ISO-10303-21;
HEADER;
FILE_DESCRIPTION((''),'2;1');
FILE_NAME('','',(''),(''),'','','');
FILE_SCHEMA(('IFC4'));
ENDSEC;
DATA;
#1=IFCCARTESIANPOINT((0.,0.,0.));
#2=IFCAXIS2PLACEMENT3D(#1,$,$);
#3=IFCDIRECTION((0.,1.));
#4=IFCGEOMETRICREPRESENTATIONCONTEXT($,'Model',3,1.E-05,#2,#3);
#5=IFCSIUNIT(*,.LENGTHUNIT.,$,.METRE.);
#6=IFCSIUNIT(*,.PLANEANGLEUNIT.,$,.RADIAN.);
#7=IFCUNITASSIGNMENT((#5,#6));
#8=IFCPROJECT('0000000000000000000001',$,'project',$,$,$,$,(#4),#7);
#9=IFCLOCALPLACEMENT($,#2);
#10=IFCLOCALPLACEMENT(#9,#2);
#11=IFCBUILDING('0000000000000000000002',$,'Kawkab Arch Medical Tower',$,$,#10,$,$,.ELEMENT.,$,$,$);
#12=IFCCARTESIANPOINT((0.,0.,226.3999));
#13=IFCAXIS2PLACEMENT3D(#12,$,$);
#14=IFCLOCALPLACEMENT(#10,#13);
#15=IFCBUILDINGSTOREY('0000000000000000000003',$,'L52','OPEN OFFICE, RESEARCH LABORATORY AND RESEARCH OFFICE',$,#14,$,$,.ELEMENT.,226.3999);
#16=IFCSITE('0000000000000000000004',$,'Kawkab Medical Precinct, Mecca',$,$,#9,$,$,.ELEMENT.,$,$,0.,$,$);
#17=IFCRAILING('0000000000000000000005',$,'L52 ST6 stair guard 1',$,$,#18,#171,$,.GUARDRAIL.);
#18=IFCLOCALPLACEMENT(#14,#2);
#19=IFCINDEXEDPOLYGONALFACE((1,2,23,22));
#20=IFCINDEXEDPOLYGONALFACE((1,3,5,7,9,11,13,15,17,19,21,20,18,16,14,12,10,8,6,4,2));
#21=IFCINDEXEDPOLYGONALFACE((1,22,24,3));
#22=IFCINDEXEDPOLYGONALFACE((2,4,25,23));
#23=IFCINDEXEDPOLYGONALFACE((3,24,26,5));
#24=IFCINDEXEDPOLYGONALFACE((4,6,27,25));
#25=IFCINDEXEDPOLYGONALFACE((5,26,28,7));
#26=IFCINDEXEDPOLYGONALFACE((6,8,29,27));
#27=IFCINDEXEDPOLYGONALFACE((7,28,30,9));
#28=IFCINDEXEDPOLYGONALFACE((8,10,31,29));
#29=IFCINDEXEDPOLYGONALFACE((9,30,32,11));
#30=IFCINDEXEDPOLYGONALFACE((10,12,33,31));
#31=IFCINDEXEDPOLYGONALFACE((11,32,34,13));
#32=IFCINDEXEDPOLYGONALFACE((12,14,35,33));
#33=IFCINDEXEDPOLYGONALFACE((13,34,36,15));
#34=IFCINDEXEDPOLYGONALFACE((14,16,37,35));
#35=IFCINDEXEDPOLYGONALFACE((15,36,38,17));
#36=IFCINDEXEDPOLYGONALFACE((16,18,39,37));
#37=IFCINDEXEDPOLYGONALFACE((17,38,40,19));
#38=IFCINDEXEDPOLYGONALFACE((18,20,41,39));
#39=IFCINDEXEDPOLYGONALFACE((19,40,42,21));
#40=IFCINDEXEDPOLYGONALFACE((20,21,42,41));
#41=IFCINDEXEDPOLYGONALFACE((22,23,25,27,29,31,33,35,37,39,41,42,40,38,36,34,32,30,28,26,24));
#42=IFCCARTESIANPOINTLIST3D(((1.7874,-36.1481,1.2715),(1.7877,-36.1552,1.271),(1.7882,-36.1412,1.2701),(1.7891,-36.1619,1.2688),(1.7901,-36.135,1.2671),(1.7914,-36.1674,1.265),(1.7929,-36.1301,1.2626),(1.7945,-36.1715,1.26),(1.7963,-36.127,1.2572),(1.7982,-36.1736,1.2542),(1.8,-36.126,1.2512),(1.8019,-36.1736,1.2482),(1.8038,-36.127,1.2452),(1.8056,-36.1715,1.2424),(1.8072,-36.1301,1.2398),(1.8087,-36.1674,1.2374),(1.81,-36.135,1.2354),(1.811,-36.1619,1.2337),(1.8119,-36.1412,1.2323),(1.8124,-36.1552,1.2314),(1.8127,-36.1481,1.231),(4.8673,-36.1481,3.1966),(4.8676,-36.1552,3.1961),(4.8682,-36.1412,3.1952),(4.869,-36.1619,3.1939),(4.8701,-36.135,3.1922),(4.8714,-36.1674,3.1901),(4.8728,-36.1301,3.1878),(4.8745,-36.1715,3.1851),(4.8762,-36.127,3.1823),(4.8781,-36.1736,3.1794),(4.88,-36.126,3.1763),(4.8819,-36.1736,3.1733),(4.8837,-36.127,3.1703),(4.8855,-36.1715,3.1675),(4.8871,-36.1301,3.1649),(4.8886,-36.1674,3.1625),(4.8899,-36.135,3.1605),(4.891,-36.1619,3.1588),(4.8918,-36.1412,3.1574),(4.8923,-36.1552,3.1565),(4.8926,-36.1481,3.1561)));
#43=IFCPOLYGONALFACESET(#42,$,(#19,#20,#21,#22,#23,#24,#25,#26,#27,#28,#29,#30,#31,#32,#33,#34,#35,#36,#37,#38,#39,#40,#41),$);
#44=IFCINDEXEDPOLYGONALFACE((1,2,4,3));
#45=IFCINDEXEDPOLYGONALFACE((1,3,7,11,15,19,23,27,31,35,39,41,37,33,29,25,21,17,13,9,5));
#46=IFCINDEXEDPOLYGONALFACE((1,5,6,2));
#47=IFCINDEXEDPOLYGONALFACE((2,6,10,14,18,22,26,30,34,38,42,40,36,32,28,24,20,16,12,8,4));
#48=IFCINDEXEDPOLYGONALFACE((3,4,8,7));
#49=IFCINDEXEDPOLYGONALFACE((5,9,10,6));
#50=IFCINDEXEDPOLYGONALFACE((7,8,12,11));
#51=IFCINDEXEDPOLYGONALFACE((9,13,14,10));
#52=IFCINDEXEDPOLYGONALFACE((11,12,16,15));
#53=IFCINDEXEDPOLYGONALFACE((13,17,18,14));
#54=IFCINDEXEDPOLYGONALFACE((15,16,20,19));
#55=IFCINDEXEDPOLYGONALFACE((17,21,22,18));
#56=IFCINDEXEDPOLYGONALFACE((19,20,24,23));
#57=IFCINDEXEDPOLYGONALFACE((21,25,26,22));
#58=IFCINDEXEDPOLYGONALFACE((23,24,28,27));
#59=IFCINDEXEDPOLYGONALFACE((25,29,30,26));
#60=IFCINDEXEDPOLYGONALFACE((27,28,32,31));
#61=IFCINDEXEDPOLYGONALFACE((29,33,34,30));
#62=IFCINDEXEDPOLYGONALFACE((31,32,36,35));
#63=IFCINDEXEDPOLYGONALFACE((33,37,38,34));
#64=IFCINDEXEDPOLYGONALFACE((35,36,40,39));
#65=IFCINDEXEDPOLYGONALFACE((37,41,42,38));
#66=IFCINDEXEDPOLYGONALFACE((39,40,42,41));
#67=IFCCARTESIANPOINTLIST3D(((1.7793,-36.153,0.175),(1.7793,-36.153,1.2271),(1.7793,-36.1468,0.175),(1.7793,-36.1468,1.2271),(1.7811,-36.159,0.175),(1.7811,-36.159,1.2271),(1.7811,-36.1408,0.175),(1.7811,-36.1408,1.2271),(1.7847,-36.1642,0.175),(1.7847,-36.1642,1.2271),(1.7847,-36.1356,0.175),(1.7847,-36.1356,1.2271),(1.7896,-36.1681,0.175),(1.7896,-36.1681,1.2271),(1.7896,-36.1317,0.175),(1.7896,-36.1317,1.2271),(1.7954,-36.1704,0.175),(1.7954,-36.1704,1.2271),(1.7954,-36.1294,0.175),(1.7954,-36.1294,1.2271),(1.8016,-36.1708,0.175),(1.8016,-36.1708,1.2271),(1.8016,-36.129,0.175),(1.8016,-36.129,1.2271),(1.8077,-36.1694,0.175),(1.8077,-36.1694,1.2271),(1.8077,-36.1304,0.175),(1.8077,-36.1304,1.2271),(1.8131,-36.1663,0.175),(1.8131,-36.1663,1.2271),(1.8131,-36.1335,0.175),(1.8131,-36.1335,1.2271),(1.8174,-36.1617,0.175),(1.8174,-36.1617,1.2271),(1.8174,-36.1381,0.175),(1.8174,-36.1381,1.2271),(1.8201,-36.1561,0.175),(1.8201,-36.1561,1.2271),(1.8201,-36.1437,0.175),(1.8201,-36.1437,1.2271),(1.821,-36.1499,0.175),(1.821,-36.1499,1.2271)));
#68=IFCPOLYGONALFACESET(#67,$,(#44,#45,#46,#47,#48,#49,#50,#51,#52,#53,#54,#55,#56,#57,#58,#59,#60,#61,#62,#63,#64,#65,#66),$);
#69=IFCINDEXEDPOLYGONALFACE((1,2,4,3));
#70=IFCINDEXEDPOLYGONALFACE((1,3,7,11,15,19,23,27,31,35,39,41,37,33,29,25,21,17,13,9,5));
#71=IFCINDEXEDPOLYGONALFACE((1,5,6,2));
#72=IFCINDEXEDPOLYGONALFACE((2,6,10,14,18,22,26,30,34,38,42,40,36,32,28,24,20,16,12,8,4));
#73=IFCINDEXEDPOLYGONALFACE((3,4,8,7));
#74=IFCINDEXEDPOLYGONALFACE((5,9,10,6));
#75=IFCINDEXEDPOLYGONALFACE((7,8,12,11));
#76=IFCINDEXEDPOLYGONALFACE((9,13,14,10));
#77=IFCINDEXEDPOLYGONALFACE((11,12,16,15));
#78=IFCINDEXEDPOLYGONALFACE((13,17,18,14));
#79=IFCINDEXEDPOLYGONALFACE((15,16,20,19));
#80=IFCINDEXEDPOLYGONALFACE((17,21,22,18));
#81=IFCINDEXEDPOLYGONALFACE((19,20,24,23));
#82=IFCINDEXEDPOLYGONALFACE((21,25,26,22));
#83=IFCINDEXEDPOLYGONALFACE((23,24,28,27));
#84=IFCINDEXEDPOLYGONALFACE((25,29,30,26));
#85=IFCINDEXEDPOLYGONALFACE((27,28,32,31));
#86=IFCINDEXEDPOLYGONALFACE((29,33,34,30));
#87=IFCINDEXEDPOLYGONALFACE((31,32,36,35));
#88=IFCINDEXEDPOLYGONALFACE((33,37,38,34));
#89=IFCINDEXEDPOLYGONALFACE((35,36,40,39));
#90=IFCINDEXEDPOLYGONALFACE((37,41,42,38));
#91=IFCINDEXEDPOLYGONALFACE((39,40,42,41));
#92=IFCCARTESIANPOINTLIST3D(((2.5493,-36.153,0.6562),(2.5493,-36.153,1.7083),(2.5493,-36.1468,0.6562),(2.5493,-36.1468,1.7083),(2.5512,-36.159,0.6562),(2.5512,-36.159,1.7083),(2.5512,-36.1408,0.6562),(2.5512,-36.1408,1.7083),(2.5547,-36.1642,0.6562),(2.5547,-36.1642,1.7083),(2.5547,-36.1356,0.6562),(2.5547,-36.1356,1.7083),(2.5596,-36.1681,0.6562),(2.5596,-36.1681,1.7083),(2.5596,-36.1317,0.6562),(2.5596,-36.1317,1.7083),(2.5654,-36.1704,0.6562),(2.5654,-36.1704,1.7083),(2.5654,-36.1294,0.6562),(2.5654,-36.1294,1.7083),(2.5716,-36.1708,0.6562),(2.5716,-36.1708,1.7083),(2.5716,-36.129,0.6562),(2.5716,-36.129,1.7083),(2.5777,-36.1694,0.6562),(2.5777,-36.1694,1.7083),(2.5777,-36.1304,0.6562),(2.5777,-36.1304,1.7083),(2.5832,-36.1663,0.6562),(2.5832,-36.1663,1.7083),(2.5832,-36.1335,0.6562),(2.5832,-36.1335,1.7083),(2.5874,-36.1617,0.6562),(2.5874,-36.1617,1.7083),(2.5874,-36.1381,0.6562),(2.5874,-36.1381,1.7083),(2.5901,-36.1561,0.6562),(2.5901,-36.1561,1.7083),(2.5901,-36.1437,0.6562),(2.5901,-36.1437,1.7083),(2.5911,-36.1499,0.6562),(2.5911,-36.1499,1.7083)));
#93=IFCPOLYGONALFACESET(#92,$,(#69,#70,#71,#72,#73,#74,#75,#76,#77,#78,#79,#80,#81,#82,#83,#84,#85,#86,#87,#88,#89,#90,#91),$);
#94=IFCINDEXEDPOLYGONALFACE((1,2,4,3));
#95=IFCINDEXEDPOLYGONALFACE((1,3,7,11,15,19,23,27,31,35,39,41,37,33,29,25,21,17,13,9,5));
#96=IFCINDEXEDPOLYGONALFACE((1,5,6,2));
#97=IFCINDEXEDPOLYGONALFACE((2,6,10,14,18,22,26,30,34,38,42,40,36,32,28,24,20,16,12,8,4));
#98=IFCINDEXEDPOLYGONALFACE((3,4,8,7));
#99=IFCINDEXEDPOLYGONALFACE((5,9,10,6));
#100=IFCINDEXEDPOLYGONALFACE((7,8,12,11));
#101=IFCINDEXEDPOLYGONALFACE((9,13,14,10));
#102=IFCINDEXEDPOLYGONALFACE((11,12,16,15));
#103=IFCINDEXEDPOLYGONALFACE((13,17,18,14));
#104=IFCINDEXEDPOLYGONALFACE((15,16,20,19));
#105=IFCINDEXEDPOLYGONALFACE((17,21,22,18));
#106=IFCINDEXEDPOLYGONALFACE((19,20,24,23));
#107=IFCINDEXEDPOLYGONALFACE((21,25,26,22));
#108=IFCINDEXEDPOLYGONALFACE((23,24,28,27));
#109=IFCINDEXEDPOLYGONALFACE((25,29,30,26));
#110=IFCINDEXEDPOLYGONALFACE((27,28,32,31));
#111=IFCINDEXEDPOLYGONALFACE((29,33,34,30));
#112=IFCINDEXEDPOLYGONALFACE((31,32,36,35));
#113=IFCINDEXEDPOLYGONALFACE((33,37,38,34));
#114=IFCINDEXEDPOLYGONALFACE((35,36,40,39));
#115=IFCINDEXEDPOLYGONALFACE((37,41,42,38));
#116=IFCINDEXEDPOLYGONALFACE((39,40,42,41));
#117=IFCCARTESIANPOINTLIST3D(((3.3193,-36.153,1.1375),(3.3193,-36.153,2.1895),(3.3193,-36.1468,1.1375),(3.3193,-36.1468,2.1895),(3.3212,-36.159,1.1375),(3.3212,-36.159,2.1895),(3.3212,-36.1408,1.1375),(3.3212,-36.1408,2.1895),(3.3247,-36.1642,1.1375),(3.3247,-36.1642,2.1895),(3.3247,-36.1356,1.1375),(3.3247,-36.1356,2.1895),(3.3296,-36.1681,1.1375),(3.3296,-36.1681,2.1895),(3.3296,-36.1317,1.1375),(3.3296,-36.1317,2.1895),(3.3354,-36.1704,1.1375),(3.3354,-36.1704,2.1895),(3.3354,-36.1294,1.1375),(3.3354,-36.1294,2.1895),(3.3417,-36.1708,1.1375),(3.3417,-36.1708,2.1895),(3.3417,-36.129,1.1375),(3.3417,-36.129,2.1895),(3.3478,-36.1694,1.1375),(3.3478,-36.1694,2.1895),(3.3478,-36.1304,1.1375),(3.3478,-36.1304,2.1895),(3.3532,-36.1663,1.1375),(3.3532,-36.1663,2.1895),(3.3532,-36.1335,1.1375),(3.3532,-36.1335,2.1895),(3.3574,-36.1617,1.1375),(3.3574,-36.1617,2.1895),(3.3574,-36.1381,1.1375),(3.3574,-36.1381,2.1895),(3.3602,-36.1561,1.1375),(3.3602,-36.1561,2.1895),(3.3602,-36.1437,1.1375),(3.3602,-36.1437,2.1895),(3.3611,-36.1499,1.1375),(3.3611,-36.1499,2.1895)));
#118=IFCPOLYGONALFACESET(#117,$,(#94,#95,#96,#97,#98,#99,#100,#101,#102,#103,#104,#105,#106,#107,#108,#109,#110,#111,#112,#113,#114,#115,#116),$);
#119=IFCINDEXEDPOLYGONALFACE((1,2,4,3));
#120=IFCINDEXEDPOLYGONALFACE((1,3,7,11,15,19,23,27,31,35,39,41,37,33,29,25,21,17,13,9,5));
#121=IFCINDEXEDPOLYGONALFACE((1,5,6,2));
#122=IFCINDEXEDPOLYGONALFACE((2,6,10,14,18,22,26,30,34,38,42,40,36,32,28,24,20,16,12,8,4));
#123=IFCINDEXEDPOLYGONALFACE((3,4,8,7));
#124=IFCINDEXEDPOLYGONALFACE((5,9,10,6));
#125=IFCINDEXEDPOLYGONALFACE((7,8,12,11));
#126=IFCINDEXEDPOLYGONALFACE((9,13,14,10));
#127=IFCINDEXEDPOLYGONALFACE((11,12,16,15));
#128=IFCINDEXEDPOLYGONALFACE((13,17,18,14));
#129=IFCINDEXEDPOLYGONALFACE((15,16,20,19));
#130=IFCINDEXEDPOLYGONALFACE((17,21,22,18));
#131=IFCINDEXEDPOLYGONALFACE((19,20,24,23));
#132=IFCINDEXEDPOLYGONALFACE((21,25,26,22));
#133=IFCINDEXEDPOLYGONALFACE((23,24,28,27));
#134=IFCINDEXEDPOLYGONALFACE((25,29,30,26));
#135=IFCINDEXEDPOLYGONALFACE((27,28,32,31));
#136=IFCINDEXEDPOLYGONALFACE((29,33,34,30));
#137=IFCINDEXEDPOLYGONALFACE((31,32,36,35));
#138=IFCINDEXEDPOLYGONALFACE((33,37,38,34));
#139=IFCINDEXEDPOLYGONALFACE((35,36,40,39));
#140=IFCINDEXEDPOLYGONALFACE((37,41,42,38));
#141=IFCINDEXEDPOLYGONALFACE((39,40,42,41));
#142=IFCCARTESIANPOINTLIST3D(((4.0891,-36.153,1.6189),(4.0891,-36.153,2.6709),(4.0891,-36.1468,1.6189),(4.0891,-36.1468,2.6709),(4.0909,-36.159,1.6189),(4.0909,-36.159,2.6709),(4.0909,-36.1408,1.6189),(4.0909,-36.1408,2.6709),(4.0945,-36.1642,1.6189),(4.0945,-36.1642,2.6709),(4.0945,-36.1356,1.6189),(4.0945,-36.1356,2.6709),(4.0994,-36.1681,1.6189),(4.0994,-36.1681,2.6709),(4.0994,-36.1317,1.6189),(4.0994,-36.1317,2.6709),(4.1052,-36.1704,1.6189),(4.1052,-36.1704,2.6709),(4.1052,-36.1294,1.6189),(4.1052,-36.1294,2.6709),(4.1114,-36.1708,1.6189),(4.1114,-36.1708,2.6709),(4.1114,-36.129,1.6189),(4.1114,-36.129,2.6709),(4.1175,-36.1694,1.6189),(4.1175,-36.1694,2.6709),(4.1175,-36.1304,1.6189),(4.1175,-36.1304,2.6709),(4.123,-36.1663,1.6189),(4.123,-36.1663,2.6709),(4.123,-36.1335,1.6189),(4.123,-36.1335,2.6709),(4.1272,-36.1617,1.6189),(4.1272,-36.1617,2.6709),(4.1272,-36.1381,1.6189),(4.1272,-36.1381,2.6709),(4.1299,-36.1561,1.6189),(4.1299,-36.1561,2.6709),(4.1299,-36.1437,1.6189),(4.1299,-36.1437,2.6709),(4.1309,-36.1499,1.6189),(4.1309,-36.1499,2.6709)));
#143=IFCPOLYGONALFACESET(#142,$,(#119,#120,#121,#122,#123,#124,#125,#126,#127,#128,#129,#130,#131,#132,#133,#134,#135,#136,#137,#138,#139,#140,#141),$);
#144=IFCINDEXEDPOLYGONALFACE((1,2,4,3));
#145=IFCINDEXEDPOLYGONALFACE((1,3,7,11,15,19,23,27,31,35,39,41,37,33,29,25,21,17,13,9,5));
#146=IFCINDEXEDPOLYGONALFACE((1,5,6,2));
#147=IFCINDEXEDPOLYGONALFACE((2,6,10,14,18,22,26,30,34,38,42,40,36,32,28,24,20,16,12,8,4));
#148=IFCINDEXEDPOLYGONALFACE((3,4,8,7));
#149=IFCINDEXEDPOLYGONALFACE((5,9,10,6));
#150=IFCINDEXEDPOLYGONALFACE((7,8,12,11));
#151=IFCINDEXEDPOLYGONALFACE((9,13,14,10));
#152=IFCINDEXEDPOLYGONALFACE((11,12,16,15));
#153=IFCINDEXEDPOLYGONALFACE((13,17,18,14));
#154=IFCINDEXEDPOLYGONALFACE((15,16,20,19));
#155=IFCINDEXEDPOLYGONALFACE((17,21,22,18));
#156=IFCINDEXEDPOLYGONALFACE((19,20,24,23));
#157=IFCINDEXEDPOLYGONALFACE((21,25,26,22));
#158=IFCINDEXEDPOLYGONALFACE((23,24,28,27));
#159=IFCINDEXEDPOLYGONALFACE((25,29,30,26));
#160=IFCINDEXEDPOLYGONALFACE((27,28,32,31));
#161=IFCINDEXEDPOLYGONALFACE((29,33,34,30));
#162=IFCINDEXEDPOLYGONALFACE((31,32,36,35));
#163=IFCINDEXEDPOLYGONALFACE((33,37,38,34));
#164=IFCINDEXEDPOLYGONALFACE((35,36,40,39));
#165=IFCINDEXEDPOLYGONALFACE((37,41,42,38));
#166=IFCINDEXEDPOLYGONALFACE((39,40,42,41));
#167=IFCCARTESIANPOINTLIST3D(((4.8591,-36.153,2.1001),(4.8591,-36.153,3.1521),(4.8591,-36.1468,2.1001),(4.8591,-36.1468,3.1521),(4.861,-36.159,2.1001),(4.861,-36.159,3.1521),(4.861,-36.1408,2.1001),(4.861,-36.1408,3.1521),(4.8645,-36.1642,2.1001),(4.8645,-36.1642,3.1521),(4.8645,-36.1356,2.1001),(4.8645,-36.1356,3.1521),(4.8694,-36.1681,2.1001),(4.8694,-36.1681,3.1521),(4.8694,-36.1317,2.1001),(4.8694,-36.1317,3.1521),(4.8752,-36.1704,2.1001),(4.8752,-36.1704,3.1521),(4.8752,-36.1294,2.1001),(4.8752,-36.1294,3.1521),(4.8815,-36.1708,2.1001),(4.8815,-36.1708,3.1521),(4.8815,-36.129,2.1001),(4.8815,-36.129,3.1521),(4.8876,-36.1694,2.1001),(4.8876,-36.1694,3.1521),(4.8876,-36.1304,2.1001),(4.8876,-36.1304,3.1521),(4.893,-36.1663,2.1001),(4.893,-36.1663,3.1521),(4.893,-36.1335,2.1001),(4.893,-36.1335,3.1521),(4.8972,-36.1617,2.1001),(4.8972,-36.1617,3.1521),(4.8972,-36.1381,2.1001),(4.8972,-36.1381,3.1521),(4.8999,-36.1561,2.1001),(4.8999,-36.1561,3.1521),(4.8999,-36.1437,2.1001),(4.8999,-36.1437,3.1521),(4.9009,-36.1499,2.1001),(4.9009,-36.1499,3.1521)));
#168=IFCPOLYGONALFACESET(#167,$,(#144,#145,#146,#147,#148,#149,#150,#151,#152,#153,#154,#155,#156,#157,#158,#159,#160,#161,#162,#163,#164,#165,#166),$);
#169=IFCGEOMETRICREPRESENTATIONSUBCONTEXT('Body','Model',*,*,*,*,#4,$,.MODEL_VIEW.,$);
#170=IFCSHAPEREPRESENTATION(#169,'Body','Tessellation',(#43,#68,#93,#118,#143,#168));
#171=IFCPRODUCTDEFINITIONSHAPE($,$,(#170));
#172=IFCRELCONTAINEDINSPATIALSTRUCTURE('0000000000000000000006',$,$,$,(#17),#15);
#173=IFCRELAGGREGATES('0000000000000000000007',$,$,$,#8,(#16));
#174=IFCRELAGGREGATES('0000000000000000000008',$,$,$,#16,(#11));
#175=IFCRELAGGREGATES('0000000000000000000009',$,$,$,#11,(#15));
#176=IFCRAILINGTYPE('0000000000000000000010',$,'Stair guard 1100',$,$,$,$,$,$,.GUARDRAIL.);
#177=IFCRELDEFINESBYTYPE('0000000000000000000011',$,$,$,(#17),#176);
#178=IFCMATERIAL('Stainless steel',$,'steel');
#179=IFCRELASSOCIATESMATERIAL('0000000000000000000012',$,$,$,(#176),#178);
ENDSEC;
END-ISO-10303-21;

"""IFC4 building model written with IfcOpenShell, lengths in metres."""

from ifc_helpers import new_model, si_unit, direction, frame, origin, origin_2d, place, context, subcontext, project, spatial, circle, extrude, material, type_object, element, save


model = new_model("IFC4")

# Units and contexts
model_context = context("Model", 3, precision=1e-05, world=origin(), true_north=direction((0.0, 1.0)))
body_context = subcontext(model_context, "Body", "Model", "MODEL_VIEW")
ifc_project = project(units=[si_unit("LENGTHUNIT", "METRE"), si_unit("PLANEANGLEUNIT", "RADIAN")], contexts=[model_context])

# Site, building, storey
site_placement = place(None, origin())
site = spatial("IfcSite", under=ifc_project, at=site_placement, Name="Kawkab Medical Precinct, Mecca", CompositionType="ELEMENT", RefElevation=0.0)
building_placement = place(site_placement, origin())
building = spatial("IfcBuilding", under=site, at=building_placement, Name="Kawkab Arch Medical Tower", CompositionType="ELEMENT")
storey_placement = place(building_placement, frame((0.0, 0.0, 226.3999)))
storey = spatial("IfcBuildingStorey", under=building, at=storey_placement, Name="L52", Description="OPEN OFFICE, RESEARCH LABORATORY AND RESEARCH OFFICE", CompositionType="ELEMENT", Elevation=226.3999)

# Railing
ifc_material_1 = material(Name="Stainless steel", Category="steel")
railing_type = type_object("IfcRailingType", Name="Stair guard 1100", PredefinedType="GUARDRAIL", material=ifc_material_1)
railing_1_placement = place(storey_placement, frame((1.8, -36.1499, 0.175)))
element("IfcRailing", 1, at=railing_1_placement, inside=storey, type_object=railing_type, Name="L52 ST6 stair guard 1", PredefinedType="GUARDRAIL", context=body_context, shape_type="SweptSolid", body=[
    extrude(circle(Radius=0.0239, at=origin_2d()), frame((0.0, 0.0, 1.0762), z_axis=(0.847979, 0.0, 0.530029), x_axis=(0.0, 1.0, 0.0)), (0.0, 0.0, 1.0), 3.6321),
    extrude(circle(Radius=0.021, at=origin_2d()), origin(), (0.0, 0.0, 1.0), 1.052),
    extrude(circle(Radius=0.021, at=origin_2d()), frame((0.77, 0.0, 0.4812)), (0.0, 0.0, 1.0), 1.052),
    extrude(circle(Radius=0.021, at=origin_2d()), frame((1.54, 0.0, 0.9624)), (0.0, 0.0, 1.0), 1.052),
    extrude(circle(Radius=0.021, at=origin_2d()), frame((2.3098, 0.0, 1.4438)), (0.0, 0.0, 1.0), 1.052),
    extrude(circle(Radius=0.021, at=origin_2d()), frame((3.0798, 0.0, 1.925)), (0.0, 0.0, 1.0), 1.052),
])

save(model, "model.ifc")
